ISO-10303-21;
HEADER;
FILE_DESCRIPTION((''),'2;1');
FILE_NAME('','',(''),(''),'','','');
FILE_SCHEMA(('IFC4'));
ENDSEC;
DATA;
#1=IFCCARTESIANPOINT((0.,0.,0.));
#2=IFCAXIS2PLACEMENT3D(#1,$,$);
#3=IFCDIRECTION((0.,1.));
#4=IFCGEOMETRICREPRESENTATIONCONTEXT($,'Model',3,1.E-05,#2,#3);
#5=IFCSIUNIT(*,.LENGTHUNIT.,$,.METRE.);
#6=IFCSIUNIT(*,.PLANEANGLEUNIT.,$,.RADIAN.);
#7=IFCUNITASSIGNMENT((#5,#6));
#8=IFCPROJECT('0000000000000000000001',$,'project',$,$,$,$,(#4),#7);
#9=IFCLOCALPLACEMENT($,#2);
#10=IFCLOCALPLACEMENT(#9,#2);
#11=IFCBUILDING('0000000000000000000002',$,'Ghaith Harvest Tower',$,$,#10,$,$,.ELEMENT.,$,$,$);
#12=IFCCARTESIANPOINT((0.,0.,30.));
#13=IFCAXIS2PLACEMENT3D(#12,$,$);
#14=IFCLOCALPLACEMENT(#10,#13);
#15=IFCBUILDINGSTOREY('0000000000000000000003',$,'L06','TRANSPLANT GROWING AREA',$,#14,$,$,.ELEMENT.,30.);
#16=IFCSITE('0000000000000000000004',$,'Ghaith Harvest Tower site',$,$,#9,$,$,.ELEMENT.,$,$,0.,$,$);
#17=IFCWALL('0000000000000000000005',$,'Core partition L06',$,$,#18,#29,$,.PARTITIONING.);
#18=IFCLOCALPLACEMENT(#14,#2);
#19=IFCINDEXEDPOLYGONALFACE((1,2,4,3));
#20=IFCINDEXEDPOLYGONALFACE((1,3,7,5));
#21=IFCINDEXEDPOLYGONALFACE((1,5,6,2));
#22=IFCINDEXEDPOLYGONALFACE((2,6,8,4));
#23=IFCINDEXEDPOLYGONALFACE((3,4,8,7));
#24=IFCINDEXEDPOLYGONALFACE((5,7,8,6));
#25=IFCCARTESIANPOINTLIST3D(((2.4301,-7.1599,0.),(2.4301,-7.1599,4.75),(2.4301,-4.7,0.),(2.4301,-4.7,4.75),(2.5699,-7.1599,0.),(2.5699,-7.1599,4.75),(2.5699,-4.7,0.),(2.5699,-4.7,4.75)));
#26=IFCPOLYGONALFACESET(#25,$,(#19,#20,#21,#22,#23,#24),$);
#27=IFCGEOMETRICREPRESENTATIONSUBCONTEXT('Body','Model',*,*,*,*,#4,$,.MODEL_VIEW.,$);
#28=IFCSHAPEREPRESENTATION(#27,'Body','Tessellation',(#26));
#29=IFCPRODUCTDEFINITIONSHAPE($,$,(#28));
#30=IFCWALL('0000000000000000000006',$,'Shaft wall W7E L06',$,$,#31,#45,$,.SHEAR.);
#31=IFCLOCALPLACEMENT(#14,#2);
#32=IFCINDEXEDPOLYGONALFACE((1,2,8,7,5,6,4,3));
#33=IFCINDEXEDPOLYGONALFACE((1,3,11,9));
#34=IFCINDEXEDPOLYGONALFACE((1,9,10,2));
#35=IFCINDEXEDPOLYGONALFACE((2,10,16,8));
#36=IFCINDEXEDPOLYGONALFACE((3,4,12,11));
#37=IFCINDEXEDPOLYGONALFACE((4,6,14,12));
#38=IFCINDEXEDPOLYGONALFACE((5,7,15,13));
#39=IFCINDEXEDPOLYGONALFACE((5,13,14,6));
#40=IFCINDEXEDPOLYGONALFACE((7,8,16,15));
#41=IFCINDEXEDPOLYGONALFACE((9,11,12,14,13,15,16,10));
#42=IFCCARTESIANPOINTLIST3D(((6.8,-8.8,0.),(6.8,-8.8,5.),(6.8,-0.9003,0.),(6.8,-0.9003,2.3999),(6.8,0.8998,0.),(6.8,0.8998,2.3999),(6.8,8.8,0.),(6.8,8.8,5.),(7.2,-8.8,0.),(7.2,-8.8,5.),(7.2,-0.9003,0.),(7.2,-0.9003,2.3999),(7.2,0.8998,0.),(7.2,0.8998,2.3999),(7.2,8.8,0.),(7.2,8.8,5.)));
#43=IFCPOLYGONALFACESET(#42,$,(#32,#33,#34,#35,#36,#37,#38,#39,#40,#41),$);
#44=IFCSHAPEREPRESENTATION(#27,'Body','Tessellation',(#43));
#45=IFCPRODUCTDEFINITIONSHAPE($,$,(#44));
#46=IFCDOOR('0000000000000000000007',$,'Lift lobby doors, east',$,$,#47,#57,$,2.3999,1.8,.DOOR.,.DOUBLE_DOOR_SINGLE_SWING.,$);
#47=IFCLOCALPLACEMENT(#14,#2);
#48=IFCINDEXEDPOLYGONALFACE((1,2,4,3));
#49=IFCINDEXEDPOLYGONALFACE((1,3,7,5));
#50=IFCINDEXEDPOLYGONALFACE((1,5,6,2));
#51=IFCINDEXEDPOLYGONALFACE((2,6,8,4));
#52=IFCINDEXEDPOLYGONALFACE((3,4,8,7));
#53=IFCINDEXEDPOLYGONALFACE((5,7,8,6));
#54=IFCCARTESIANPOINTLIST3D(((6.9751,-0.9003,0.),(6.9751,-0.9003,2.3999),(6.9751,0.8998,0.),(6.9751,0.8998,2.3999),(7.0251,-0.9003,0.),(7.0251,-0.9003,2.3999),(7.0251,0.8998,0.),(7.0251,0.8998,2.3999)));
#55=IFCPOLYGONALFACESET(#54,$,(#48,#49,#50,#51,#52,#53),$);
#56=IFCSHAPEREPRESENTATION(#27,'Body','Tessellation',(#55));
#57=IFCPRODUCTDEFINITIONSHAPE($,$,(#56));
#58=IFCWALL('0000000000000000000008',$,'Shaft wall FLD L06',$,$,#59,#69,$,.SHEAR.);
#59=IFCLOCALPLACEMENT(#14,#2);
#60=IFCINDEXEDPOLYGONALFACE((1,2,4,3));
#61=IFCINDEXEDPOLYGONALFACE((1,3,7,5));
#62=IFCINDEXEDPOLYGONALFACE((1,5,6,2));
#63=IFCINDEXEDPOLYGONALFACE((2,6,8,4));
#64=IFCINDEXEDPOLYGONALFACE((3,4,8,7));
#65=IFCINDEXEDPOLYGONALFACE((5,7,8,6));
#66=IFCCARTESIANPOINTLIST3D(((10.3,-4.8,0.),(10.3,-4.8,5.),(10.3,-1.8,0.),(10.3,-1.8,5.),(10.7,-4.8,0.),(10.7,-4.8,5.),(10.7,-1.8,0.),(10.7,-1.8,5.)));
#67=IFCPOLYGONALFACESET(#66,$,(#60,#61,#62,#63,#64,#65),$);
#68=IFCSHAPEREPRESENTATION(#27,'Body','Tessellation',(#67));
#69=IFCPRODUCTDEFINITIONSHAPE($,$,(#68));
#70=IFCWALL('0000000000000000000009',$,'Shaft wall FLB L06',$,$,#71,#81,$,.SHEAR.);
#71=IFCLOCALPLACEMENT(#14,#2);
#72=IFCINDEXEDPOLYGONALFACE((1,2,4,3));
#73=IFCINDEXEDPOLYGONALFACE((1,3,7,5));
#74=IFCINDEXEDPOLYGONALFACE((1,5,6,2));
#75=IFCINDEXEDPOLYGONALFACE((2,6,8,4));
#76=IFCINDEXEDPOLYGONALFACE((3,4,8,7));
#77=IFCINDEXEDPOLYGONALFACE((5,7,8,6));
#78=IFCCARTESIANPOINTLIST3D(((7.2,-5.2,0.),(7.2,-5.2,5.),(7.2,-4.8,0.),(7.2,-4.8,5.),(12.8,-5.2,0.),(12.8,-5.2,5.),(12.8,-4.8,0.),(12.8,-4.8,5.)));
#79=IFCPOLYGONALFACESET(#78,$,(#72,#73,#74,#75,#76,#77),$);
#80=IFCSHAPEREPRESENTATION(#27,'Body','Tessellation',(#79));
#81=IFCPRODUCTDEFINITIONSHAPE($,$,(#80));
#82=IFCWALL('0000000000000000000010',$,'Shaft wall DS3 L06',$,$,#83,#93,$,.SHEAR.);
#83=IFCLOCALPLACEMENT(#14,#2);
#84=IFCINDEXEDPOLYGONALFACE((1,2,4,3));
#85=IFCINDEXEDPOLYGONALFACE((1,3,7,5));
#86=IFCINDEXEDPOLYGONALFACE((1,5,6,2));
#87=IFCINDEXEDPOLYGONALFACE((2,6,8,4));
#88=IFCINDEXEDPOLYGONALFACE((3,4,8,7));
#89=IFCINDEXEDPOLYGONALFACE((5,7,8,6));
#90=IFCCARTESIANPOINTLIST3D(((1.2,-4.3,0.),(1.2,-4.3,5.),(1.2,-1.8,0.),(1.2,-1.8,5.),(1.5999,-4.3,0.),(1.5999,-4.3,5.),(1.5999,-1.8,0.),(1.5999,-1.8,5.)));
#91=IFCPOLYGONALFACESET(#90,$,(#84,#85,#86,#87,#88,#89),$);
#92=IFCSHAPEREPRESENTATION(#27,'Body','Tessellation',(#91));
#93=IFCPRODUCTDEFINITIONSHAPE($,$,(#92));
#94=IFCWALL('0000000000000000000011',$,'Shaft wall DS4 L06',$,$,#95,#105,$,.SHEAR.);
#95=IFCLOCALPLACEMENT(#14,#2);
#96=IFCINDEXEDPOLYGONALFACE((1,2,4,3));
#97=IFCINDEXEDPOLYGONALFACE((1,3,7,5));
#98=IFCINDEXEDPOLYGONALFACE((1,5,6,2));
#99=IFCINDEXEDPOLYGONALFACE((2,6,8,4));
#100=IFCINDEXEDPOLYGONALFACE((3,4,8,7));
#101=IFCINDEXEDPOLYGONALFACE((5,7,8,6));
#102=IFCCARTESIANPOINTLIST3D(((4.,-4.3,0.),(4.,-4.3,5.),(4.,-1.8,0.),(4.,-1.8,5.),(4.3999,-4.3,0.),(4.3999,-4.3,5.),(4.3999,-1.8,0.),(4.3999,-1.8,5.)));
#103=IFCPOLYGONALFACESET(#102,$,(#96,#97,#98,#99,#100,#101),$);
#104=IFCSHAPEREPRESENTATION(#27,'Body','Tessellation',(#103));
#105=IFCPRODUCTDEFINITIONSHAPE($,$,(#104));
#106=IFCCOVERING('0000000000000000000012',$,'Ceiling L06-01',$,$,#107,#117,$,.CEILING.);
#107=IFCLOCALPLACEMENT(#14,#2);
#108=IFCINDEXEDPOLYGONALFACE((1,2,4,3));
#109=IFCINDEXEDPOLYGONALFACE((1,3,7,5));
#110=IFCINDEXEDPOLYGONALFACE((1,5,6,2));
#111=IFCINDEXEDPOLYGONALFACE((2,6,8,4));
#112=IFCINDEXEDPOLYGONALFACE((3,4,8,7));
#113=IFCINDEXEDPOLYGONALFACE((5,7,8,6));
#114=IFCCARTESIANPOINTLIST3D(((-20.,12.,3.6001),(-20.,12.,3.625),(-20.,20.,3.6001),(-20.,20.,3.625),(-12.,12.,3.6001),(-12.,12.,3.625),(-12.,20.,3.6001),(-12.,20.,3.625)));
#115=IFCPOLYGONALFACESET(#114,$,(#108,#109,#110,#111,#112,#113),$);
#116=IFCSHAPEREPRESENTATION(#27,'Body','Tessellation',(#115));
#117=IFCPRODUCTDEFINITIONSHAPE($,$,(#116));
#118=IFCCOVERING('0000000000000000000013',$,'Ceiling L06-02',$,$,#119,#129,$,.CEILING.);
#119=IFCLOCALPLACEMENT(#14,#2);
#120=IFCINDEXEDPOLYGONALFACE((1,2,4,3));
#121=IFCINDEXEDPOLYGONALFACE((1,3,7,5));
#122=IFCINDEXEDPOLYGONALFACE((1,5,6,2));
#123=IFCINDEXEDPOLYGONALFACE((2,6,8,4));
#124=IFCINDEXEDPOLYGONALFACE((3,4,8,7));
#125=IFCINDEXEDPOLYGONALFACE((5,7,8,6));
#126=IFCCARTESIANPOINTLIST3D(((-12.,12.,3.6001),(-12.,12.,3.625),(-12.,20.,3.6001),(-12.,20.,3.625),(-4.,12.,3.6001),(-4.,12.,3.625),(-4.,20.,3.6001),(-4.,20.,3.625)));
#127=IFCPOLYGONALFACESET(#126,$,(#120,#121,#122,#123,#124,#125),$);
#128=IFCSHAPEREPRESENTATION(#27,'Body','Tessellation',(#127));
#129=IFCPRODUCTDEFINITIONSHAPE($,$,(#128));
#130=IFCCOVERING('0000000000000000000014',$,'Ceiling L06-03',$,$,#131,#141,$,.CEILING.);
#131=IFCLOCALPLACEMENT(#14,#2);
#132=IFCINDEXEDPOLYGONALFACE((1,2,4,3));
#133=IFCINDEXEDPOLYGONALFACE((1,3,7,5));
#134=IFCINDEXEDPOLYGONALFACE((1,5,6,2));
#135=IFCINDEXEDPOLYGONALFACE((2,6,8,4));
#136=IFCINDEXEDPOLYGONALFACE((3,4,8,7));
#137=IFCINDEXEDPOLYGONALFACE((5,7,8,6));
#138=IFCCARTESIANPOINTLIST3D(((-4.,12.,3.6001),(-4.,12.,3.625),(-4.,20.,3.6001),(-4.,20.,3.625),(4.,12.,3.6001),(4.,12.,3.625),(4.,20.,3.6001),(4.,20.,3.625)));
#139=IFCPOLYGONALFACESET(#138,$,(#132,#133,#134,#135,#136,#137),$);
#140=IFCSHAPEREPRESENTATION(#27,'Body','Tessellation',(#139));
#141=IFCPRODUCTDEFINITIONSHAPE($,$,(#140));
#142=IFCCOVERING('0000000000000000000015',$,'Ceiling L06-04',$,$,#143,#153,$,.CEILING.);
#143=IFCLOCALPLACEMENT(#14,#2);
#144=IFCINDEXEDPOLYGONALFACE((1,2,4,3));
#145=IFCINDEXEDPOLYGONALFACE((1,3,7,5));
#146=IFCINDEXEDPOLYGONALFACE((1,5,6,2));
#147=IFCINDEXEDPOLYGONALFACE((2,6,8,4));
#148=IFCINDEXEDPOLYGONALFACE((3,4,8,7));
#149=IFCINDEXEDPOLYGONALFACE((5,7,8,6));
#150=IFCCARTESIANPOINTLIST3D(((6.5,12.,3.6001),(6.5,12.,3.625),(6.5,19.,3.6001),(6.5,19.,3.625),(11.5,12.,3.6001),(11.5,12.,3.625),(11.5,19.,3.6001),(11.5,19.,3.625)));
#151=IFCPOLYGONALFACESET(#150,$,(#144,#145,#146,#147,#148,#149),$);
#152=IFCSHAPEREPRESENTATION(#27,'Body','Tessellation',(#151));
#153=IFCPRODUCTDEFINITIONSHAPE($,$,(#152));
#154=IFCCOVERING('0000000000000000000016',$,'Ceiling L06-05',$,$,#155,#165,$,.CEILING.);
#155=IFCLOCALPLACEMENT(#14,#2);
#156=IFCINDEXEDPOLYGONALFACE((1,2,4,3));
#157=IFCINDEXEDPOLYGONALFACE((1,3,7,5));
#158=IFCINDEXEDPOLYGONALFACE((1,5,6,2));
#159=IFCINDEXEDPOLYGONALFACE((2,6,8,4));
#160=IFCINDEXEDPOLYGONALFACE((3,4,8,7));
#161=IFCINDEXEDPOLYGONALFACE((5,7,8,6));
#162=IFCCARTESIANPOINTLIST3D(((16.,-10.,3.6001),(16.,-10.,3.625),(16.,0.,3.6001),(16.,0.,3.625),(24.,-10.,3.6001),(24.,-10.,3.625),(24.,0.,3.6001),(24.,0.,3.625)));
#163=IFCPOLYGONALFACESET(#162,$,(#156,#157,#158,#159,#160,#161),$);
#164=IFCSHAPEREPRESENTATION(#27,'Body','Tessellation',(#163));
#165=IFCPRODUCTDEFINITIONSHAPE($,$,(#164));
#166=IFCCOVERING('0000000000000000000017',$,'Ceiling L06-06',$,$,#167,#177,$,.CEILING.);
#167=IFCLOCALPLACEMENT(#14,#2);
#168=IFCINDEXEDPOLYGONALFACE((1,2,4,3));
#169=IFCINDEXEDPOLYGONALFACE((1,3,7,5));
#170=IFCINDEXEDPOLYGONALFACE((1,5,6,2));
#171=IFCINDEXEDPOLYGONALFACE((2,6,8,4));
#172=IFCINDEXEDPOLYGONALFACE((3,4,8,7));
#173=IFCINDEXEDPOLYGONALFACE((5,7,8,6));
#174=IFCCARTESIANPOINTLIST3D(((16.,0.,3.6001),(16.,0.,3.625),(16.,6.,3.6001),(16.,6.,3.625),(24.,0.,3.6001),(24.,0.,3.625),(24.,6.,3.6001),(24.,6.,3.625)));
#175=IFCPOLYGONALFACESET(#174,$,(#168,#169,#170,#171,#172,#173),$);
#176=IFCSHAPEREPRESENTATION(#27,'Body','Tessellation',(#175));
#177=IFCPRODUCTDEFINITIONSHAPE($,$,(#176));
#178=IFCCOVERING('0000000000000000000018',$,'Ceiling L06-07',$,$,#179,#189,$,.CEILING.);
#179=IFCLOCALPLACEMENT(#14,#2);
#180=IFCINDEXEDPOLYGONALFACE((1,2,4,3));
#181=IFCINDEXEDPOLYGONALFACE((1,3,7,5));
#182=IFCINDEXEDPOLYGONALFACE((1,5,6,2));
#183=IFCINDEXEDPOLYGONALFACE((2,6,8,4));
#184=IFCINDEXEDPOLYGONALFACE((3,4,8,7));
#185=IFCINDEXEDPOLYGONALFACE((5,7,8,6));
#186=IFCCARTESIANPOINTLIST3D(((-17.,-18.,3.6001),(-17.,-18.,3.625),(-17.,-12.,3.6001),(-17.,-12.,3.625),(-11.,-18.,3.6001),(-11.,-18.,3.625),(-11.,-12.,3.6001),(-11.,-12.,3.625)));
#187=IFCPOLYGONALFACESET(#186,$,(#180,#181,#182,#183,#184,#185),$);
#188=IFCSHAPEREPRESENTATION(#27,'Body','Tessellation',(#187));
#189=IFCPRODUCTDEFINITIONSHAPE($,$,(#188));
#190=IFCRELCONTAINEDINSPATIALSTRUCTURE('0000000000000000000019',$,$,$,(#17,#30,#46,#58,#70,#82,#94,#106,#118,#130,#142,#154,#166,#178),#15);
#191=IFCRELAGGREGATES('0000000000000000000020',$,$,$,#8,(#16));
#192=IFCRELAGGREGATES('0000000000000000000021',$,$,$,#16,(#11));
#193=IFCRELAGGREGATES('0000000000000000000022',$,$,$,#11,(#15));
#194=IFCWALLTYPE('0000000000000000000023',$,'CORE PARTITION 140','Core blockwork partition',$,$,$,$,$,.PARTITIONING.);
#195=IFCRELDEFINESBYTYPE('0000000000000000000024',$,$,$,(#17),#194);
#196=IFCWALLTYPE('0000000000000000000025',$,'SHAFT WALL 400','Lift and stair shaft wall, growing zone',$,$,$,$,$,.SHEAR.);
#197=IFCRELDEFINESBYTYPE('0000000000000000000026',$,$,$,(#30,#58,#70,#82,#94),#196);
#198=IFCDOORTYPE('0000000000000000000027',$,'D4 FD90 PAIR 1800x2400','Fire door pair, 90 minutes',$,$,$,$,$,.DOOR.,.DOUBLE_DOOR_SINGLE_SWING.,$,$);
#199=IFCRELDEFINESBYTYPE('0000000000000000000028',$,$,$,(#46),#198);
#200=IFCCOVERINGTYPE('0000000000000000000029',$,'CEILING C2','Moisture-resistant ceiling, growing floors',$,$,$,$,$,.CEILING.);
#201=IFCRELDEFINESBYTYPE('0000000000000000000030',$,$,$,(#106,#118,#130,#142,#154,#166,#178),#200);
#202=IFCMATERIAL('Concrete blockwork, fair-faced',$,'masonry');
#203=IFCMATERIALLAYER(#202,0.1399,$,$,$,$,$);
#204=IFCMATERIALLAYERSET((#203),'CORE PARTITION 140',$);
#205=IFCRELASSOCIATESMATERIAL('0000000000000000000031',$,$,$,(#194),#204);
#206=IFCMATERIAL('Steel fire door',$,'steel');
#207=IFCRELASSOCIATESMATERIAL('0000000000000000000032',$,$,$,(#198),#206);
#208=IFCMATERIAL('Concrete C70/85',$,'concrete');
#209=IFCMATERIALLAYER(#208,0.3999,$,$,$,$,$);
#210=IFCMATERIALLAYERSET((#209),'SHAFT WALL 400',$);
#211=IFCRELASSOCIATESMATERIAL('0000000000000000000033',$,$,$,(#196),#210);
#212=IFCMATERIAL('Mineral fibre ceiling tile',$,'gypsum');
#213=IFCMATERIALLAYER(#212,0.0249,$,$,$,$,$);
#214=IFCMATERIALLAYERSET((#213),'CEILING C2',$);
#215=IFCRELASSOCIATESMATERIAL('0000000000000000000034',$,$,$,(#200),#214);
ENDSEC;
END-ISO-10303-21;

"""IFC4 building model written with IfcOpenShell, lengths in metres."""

from ifc_helpers import new_model, si_unit, direction, frame, frame_2d, origin, place, context, subcontext, project, spatial, polyline, rectangle, outline, extrude, material, layer, layer_set, type_object, element, fill, save


model = new_model("IFC4")

# Units and contexts
model_context = context("Model", 3, precision=1e-05, world=origin(), true_north=direction((0.0, 1.0)))
body_context = subcontext(model_context, "Body", "Model", "MODEL_VIEW")
ifc_project = project(units=[si_unit("LENGTHUNIT", "METRE"), si_unit("PLANEANGLEUNIT", "RADIAN")], contexts=[model_context])

# Site, building, storey
site_placement = place(None, origin())
site = spatial("IfcSite", under=ifc_project, at=site_placement, Name="Ghaith Harvest Tower site", CompositionType="ELEMENT", RefElevation=0.0)
building_placement = place(site_placement, origin())
building = spatial("IfcBuilding", under=site, at=building_placement, Name="Ghaith Harvest Tower", CompositionType="ELEMENT")
storey_placement = place(building_placement, frame((0.0, 0.0, 30.0)))
storey = spatial("IfcBuildingStorey", under=building, at=storey_placement, Name="L06", Description="TRANSPLANT GROWING AREA", CompositionType="ELEMENT", Elevation=30.0)

# Wall
ifc_material_1 = material(Name="Concrete blockwork, fair-faced", Category="masonry")
ifc_layer_1 = layer(ifc_material_1, 0.1399)
ifc_layer_set_1 = layer_set([ifc_layer_1], Name="CORE PARTITION 140")
wall_type_1 = type_object("IfcWallType", Name="CORE PARTITION 140", Description="Core blockwork partition", PredefinedType="PARTITIONING", material=ifc_layer_set_1)
wall_1_placement = place(storey_placement, frame((2.5, -4.7, 0.0), z_axis=(0.0, 0.0, 1.0), x_axis=(0.0, -1.0, 0.0)))
element("IfcWall", 1, at=wall_1_placement, inside=storey, type_object=wall_type_1, Name="Core partition L06", PredefinedType="PARTITIONING", context=body_context, shape_type="SweptSolid", body=[
    extrude(rectangle(XDim=2.46, YDim=0.1399, at=frame_2d((1.23, 0.0))), origin(), (0.0, 0.0, 1.0), 4.75),
])

# Wall, opening, door
ifc_material_2 = material(Name="Steel fire door", Category="steel")
door_type_1 = type_object("IfcDoorType", Name="D4 FD90 PAIR 1800x2400", Description="Fire door pair, 90 minutes", OperationType="DOUBLE_DOOR_SINGLE_SWING", PredefinedType="DOOR", material=ifc_material_2)
ifc_material_3 = material(Name="Concrete C70/85", Category="concrete")
ifc_layer_2 = layer(ifc_material_3, 0.3999)
ifc_layer_set_2 = layer_set([ifc_layer_2], Name="SHAFT WALL 400")
wall_type_2 = type_object("IfcWallType", Name="SHAFT WALL 400", Description="Lift and stair shaft wall, growing zone", PredefinedType="SHEAR", material=ifc_layer_set_2)
wall_2_placement = place(storey_placement, frame((7.0, -8.8, 0.0), z_axis=(0.0, 0.0, 1.0), x_axis=(0.0, 1.0, 0.0)))
wall_2 = element("IfcWall", 2, at=wall_2_placement, inside=storey, type_object=wall_type_2, Name="Shaft wall W7E L06", PredefinedType="SHEAR", context=body_context, shape_type="SweptSolid", body=[
    extrude(rectangle(XDim=17.6001, YDim=0.3999, at=frame_2d((8.8, 0.0))), origin(), (0.0, 0.0, 1.0), 5.0),
])
opening_1_placement = place(wall_2_placement, frame((7.8999, 0.0, 0.0)))
opening_1 = element("IfcOpeningElement", 3, at=opening_1_placement, cuts=wall_2, PredefinedType="OPENING", context=body_context, shape_type="SweptSolid", body=[
    extrude(rectangle(XDim=1.8, YDim=2.3999, at=frame_2d((0.8999, 1.2))), frame((0.0, 0.21, 0.0), z_axis=(0.0, -1.0, 0.0), x_axis=(1.0, 0.0, 0.0)), (0.0, 0.0, 1.0), 0.4199),
])
door_1_placement = place(opening_1_placement, origin())
door_1 = element("IfcDoor", 4, at=door_1_placement, inside=storey, type_object=door_type_1, Name="Lift lobby doors, east", OperationType="DOUBLE_DOOR_SINGLE_SWING", OverallHeight=2.3999, OverallWidth=1.8, PredefinedType="DOOR", context=body_context, shape_type="SweptSolid", body=[
    extrude(rectangle(XDim=1.8, YDim=2.3999, at=frame_2d((0.8999, 1.2))), frame((0.0, 0.0249, 0.0), z_axis=(0.0, -1.0, 0.0), x_axis=(1.0, 0.0, 0.0)), (0.0, 0.0, 1.0), 0.05),
])
fill(opening_1, door_1)

# Walls
wall_3_placement = place(storey_placement, frame((10.5, -4.8, 0.0), z_axis=(0.0, 0.0, 1.0), x_axis=(0.0, 1.0, 0.0)))
element("IfcWall", 5, at=wall_3_placement, inside=storey, type_object=wall_type_2, Name="Shaft wall FLD L06", PredefinedType="SHEAR", context=body_context, shape_type="SweptSolid", body=[
    extrude(rectangle(XDim=3.0, YDim=0.3999, at=frame_2d((1.5, 0.0))), origin(), (0.0, 0.0, 1.0), 5.0),
])
wall_4_placement = place(storey_placement, frame((7.2, -5.0, 0.0), z_axis=(0.0, 0.0, 1.0), x_axis=(1.0, 0.0, 0.0)))
element("IfcWall", 6, at=wall_4_placement, inside=storey, type_object=wall_type_2, Name="Shaft wall FLB L06", PredefinedType="SHEAR", context=body_context, shape_type="SweptSolid", body=[
    extrude(rectangle(XDim=5.6001, YDim=0.3999, at=frame_2d((2.8, 0.0))), origin(), (0.0, 0.0, 1.0), 5.0),
])
for number, where, z_axis, x_axis, name in (
    (7, (1.3999, -4.3, 0.0), (0.0, 0.0, 1.0), (0.0, 1.0, 0.0), "Shaft wall DS3 L06"),
    (8, (4.2, -4.3, 0.0), (0.0, 0.0, 1.0), (0.0, 1.0, 0.0), "Shaft wall DS4 L06"),
):
    element("IfcWall", number, at=place(storey_placement, frame(where, z_axis=z_axis, x_axis=x_axis)), inside=storey, type_object=wall_type_2, Name=name, PredefinedType="SHEAR", context=body_context, shape_type="SweptSolid", body=[
        extrude(rectangle(XDim=2.5, YDim=0.3999, at=frame_2d((1.25, 0.0))), origin(), (0.0, 0.0, 1.0), 5.0),
    ])

# Coverings
ifc_material_4 = material(Name="Mineral fibre ceiling tile", Category="gypsum")
ifc_layer_3 = layer(ifc_material_4, 0.0249)
ifc_layer_set_3 = layer_set([ifc_layer_3], Name="CEILING C2")
covering_type = type_object("IfcCoveringType", Name="CEILING C2", Description="Moisture-resistant ceiling, growing floors", PredefinedType="CEILING", material=ifc_layer_set_3)
covering_1_placement = place(storey_placement, frame((0.0, 0.0, 3.6001)))
element("IfcCovering", 9, at=covering_1_placement, inside=storey, type_object=covering_type, Name="Ceiling L06-01", PredefinedType="CEILING", context=body_context, shape_type="SweptSolid", body=[
    extrude(outline(polyline([(-20.0, 12.0), (-12.0, 12.0), (-12.0, 20.0), (-20.0, 20.0), (-20.0, 12.0)])), origin(), (0.0, 0.0, 1.0), 0.0249),
])
covering_2_placement = place(storey_placement, frame((0.0, 0.0, 3.6001)))
element("IfcCovering", 10, at=covering_2_placement, inside=storey, type_object=covering_type, Name="Ceiling L06-02", PredefinedType="CEILING", context=body_context, shape_type="SweptSolid", body=[
    extrude(outline(polyline([(-12.0, 12.0), (-4.0, 12.0), (-4.0, 20.0), (-12.0, 20.0), (-12.0, 12.0)])), origin(), (0.0, 0.0, 1.0), 0.0249),
])
covering_3_placement = place(storey_placement, frame((0.0, 0.0, 3.6001)))
element("IfcCovering", 11, at=covering_3_placement, inside=storey, type_object=covering_type, Name="Ceiling L06-03", PredefinedType="CEILING", context=body_context, shape_type="SweptSolid", body=[
    extrude(outline(polyline([(-4.0, 12.0), (4.0, 12.0), (4.0, 20.0), (-4.0, 20.0), (-4.0, 12.0)])), origin(), (0.0, 0.0, 1.0), 0.0249),
])
covering_4_placement = place(storey_placement, frame((0.0, 0.0, 3.6001)))
element("IfcCovering", 12, at=covering_4_placement, inside=storey, type_object=covering_type, Name="Ceiling L06-04", PredefinedType="CEILING", context=body_context, shape_type="SweptSolid", body=[
    extrude(outline(polyline([(6.5, 12.0), (11.5, 12.0), (11.5, 19.0), (6.5, 19.0), (6.5, 12.0)])), origin(), (0.0, 0.0, 1.0), 0.0249),
])
covering_5_placement = place(storey_placement, frame((0.0, 0.0, 3.6001)))
element("IfcCovering", 13, at=covering_5_placement, inside=storey, type_object=covering_type, Name="Ceiling L06-05", PredefinedType="CEILING", context=body_context, shape_type="SweptSolid", body=[
    extrude(outline(polyline([(16.0, -10.0), (24.0, -10.0), (24.0, 0.0), (16.0, 0.0), (16.0, -10.0)])), origin(), (0.0, 0.0, 1.0), 0.0249),
])
covering_6_placement = place(storey_placement, frame((0.0, 0.0, 3.6001)))
element("IfcCovering", 14, at=covering_6_placement, inside=storey, type_object=covering_type, Name="Ceiling L06-06", PredefinedType="CEILING", context=body_context, shape_type="SweptSolid", body=[
    extrude(outline(polyline([(16.0, 0.0), (24.0, 0.0), (24.0, 6.0), (16.0, 6.0), (16.0, 0.0)])), origin(), (0.0, 0.0, 1.0), 0.0249),
])
covering_7_placement = place(storey_placement, frame((0.0, 0.0, 3.6001)))
element("IfcCovering", 15, at=covering_7_placement, inside=storey, type_object=covering_type, Name="Ceiling L06-07", PredefinedType="CEILING", context=body_context, shape_type="SweptSolid", body=[
    extrude(outline(polyline([(-17.0, -18.0), (-11.0, -18.0), (-11.0, -12.0), (-17.0, -12.0), (-17.0, -18.0)])), origin(), (0.0, 0.0, 1.0), 0.0249),
])

save(model, "model.ifc")
